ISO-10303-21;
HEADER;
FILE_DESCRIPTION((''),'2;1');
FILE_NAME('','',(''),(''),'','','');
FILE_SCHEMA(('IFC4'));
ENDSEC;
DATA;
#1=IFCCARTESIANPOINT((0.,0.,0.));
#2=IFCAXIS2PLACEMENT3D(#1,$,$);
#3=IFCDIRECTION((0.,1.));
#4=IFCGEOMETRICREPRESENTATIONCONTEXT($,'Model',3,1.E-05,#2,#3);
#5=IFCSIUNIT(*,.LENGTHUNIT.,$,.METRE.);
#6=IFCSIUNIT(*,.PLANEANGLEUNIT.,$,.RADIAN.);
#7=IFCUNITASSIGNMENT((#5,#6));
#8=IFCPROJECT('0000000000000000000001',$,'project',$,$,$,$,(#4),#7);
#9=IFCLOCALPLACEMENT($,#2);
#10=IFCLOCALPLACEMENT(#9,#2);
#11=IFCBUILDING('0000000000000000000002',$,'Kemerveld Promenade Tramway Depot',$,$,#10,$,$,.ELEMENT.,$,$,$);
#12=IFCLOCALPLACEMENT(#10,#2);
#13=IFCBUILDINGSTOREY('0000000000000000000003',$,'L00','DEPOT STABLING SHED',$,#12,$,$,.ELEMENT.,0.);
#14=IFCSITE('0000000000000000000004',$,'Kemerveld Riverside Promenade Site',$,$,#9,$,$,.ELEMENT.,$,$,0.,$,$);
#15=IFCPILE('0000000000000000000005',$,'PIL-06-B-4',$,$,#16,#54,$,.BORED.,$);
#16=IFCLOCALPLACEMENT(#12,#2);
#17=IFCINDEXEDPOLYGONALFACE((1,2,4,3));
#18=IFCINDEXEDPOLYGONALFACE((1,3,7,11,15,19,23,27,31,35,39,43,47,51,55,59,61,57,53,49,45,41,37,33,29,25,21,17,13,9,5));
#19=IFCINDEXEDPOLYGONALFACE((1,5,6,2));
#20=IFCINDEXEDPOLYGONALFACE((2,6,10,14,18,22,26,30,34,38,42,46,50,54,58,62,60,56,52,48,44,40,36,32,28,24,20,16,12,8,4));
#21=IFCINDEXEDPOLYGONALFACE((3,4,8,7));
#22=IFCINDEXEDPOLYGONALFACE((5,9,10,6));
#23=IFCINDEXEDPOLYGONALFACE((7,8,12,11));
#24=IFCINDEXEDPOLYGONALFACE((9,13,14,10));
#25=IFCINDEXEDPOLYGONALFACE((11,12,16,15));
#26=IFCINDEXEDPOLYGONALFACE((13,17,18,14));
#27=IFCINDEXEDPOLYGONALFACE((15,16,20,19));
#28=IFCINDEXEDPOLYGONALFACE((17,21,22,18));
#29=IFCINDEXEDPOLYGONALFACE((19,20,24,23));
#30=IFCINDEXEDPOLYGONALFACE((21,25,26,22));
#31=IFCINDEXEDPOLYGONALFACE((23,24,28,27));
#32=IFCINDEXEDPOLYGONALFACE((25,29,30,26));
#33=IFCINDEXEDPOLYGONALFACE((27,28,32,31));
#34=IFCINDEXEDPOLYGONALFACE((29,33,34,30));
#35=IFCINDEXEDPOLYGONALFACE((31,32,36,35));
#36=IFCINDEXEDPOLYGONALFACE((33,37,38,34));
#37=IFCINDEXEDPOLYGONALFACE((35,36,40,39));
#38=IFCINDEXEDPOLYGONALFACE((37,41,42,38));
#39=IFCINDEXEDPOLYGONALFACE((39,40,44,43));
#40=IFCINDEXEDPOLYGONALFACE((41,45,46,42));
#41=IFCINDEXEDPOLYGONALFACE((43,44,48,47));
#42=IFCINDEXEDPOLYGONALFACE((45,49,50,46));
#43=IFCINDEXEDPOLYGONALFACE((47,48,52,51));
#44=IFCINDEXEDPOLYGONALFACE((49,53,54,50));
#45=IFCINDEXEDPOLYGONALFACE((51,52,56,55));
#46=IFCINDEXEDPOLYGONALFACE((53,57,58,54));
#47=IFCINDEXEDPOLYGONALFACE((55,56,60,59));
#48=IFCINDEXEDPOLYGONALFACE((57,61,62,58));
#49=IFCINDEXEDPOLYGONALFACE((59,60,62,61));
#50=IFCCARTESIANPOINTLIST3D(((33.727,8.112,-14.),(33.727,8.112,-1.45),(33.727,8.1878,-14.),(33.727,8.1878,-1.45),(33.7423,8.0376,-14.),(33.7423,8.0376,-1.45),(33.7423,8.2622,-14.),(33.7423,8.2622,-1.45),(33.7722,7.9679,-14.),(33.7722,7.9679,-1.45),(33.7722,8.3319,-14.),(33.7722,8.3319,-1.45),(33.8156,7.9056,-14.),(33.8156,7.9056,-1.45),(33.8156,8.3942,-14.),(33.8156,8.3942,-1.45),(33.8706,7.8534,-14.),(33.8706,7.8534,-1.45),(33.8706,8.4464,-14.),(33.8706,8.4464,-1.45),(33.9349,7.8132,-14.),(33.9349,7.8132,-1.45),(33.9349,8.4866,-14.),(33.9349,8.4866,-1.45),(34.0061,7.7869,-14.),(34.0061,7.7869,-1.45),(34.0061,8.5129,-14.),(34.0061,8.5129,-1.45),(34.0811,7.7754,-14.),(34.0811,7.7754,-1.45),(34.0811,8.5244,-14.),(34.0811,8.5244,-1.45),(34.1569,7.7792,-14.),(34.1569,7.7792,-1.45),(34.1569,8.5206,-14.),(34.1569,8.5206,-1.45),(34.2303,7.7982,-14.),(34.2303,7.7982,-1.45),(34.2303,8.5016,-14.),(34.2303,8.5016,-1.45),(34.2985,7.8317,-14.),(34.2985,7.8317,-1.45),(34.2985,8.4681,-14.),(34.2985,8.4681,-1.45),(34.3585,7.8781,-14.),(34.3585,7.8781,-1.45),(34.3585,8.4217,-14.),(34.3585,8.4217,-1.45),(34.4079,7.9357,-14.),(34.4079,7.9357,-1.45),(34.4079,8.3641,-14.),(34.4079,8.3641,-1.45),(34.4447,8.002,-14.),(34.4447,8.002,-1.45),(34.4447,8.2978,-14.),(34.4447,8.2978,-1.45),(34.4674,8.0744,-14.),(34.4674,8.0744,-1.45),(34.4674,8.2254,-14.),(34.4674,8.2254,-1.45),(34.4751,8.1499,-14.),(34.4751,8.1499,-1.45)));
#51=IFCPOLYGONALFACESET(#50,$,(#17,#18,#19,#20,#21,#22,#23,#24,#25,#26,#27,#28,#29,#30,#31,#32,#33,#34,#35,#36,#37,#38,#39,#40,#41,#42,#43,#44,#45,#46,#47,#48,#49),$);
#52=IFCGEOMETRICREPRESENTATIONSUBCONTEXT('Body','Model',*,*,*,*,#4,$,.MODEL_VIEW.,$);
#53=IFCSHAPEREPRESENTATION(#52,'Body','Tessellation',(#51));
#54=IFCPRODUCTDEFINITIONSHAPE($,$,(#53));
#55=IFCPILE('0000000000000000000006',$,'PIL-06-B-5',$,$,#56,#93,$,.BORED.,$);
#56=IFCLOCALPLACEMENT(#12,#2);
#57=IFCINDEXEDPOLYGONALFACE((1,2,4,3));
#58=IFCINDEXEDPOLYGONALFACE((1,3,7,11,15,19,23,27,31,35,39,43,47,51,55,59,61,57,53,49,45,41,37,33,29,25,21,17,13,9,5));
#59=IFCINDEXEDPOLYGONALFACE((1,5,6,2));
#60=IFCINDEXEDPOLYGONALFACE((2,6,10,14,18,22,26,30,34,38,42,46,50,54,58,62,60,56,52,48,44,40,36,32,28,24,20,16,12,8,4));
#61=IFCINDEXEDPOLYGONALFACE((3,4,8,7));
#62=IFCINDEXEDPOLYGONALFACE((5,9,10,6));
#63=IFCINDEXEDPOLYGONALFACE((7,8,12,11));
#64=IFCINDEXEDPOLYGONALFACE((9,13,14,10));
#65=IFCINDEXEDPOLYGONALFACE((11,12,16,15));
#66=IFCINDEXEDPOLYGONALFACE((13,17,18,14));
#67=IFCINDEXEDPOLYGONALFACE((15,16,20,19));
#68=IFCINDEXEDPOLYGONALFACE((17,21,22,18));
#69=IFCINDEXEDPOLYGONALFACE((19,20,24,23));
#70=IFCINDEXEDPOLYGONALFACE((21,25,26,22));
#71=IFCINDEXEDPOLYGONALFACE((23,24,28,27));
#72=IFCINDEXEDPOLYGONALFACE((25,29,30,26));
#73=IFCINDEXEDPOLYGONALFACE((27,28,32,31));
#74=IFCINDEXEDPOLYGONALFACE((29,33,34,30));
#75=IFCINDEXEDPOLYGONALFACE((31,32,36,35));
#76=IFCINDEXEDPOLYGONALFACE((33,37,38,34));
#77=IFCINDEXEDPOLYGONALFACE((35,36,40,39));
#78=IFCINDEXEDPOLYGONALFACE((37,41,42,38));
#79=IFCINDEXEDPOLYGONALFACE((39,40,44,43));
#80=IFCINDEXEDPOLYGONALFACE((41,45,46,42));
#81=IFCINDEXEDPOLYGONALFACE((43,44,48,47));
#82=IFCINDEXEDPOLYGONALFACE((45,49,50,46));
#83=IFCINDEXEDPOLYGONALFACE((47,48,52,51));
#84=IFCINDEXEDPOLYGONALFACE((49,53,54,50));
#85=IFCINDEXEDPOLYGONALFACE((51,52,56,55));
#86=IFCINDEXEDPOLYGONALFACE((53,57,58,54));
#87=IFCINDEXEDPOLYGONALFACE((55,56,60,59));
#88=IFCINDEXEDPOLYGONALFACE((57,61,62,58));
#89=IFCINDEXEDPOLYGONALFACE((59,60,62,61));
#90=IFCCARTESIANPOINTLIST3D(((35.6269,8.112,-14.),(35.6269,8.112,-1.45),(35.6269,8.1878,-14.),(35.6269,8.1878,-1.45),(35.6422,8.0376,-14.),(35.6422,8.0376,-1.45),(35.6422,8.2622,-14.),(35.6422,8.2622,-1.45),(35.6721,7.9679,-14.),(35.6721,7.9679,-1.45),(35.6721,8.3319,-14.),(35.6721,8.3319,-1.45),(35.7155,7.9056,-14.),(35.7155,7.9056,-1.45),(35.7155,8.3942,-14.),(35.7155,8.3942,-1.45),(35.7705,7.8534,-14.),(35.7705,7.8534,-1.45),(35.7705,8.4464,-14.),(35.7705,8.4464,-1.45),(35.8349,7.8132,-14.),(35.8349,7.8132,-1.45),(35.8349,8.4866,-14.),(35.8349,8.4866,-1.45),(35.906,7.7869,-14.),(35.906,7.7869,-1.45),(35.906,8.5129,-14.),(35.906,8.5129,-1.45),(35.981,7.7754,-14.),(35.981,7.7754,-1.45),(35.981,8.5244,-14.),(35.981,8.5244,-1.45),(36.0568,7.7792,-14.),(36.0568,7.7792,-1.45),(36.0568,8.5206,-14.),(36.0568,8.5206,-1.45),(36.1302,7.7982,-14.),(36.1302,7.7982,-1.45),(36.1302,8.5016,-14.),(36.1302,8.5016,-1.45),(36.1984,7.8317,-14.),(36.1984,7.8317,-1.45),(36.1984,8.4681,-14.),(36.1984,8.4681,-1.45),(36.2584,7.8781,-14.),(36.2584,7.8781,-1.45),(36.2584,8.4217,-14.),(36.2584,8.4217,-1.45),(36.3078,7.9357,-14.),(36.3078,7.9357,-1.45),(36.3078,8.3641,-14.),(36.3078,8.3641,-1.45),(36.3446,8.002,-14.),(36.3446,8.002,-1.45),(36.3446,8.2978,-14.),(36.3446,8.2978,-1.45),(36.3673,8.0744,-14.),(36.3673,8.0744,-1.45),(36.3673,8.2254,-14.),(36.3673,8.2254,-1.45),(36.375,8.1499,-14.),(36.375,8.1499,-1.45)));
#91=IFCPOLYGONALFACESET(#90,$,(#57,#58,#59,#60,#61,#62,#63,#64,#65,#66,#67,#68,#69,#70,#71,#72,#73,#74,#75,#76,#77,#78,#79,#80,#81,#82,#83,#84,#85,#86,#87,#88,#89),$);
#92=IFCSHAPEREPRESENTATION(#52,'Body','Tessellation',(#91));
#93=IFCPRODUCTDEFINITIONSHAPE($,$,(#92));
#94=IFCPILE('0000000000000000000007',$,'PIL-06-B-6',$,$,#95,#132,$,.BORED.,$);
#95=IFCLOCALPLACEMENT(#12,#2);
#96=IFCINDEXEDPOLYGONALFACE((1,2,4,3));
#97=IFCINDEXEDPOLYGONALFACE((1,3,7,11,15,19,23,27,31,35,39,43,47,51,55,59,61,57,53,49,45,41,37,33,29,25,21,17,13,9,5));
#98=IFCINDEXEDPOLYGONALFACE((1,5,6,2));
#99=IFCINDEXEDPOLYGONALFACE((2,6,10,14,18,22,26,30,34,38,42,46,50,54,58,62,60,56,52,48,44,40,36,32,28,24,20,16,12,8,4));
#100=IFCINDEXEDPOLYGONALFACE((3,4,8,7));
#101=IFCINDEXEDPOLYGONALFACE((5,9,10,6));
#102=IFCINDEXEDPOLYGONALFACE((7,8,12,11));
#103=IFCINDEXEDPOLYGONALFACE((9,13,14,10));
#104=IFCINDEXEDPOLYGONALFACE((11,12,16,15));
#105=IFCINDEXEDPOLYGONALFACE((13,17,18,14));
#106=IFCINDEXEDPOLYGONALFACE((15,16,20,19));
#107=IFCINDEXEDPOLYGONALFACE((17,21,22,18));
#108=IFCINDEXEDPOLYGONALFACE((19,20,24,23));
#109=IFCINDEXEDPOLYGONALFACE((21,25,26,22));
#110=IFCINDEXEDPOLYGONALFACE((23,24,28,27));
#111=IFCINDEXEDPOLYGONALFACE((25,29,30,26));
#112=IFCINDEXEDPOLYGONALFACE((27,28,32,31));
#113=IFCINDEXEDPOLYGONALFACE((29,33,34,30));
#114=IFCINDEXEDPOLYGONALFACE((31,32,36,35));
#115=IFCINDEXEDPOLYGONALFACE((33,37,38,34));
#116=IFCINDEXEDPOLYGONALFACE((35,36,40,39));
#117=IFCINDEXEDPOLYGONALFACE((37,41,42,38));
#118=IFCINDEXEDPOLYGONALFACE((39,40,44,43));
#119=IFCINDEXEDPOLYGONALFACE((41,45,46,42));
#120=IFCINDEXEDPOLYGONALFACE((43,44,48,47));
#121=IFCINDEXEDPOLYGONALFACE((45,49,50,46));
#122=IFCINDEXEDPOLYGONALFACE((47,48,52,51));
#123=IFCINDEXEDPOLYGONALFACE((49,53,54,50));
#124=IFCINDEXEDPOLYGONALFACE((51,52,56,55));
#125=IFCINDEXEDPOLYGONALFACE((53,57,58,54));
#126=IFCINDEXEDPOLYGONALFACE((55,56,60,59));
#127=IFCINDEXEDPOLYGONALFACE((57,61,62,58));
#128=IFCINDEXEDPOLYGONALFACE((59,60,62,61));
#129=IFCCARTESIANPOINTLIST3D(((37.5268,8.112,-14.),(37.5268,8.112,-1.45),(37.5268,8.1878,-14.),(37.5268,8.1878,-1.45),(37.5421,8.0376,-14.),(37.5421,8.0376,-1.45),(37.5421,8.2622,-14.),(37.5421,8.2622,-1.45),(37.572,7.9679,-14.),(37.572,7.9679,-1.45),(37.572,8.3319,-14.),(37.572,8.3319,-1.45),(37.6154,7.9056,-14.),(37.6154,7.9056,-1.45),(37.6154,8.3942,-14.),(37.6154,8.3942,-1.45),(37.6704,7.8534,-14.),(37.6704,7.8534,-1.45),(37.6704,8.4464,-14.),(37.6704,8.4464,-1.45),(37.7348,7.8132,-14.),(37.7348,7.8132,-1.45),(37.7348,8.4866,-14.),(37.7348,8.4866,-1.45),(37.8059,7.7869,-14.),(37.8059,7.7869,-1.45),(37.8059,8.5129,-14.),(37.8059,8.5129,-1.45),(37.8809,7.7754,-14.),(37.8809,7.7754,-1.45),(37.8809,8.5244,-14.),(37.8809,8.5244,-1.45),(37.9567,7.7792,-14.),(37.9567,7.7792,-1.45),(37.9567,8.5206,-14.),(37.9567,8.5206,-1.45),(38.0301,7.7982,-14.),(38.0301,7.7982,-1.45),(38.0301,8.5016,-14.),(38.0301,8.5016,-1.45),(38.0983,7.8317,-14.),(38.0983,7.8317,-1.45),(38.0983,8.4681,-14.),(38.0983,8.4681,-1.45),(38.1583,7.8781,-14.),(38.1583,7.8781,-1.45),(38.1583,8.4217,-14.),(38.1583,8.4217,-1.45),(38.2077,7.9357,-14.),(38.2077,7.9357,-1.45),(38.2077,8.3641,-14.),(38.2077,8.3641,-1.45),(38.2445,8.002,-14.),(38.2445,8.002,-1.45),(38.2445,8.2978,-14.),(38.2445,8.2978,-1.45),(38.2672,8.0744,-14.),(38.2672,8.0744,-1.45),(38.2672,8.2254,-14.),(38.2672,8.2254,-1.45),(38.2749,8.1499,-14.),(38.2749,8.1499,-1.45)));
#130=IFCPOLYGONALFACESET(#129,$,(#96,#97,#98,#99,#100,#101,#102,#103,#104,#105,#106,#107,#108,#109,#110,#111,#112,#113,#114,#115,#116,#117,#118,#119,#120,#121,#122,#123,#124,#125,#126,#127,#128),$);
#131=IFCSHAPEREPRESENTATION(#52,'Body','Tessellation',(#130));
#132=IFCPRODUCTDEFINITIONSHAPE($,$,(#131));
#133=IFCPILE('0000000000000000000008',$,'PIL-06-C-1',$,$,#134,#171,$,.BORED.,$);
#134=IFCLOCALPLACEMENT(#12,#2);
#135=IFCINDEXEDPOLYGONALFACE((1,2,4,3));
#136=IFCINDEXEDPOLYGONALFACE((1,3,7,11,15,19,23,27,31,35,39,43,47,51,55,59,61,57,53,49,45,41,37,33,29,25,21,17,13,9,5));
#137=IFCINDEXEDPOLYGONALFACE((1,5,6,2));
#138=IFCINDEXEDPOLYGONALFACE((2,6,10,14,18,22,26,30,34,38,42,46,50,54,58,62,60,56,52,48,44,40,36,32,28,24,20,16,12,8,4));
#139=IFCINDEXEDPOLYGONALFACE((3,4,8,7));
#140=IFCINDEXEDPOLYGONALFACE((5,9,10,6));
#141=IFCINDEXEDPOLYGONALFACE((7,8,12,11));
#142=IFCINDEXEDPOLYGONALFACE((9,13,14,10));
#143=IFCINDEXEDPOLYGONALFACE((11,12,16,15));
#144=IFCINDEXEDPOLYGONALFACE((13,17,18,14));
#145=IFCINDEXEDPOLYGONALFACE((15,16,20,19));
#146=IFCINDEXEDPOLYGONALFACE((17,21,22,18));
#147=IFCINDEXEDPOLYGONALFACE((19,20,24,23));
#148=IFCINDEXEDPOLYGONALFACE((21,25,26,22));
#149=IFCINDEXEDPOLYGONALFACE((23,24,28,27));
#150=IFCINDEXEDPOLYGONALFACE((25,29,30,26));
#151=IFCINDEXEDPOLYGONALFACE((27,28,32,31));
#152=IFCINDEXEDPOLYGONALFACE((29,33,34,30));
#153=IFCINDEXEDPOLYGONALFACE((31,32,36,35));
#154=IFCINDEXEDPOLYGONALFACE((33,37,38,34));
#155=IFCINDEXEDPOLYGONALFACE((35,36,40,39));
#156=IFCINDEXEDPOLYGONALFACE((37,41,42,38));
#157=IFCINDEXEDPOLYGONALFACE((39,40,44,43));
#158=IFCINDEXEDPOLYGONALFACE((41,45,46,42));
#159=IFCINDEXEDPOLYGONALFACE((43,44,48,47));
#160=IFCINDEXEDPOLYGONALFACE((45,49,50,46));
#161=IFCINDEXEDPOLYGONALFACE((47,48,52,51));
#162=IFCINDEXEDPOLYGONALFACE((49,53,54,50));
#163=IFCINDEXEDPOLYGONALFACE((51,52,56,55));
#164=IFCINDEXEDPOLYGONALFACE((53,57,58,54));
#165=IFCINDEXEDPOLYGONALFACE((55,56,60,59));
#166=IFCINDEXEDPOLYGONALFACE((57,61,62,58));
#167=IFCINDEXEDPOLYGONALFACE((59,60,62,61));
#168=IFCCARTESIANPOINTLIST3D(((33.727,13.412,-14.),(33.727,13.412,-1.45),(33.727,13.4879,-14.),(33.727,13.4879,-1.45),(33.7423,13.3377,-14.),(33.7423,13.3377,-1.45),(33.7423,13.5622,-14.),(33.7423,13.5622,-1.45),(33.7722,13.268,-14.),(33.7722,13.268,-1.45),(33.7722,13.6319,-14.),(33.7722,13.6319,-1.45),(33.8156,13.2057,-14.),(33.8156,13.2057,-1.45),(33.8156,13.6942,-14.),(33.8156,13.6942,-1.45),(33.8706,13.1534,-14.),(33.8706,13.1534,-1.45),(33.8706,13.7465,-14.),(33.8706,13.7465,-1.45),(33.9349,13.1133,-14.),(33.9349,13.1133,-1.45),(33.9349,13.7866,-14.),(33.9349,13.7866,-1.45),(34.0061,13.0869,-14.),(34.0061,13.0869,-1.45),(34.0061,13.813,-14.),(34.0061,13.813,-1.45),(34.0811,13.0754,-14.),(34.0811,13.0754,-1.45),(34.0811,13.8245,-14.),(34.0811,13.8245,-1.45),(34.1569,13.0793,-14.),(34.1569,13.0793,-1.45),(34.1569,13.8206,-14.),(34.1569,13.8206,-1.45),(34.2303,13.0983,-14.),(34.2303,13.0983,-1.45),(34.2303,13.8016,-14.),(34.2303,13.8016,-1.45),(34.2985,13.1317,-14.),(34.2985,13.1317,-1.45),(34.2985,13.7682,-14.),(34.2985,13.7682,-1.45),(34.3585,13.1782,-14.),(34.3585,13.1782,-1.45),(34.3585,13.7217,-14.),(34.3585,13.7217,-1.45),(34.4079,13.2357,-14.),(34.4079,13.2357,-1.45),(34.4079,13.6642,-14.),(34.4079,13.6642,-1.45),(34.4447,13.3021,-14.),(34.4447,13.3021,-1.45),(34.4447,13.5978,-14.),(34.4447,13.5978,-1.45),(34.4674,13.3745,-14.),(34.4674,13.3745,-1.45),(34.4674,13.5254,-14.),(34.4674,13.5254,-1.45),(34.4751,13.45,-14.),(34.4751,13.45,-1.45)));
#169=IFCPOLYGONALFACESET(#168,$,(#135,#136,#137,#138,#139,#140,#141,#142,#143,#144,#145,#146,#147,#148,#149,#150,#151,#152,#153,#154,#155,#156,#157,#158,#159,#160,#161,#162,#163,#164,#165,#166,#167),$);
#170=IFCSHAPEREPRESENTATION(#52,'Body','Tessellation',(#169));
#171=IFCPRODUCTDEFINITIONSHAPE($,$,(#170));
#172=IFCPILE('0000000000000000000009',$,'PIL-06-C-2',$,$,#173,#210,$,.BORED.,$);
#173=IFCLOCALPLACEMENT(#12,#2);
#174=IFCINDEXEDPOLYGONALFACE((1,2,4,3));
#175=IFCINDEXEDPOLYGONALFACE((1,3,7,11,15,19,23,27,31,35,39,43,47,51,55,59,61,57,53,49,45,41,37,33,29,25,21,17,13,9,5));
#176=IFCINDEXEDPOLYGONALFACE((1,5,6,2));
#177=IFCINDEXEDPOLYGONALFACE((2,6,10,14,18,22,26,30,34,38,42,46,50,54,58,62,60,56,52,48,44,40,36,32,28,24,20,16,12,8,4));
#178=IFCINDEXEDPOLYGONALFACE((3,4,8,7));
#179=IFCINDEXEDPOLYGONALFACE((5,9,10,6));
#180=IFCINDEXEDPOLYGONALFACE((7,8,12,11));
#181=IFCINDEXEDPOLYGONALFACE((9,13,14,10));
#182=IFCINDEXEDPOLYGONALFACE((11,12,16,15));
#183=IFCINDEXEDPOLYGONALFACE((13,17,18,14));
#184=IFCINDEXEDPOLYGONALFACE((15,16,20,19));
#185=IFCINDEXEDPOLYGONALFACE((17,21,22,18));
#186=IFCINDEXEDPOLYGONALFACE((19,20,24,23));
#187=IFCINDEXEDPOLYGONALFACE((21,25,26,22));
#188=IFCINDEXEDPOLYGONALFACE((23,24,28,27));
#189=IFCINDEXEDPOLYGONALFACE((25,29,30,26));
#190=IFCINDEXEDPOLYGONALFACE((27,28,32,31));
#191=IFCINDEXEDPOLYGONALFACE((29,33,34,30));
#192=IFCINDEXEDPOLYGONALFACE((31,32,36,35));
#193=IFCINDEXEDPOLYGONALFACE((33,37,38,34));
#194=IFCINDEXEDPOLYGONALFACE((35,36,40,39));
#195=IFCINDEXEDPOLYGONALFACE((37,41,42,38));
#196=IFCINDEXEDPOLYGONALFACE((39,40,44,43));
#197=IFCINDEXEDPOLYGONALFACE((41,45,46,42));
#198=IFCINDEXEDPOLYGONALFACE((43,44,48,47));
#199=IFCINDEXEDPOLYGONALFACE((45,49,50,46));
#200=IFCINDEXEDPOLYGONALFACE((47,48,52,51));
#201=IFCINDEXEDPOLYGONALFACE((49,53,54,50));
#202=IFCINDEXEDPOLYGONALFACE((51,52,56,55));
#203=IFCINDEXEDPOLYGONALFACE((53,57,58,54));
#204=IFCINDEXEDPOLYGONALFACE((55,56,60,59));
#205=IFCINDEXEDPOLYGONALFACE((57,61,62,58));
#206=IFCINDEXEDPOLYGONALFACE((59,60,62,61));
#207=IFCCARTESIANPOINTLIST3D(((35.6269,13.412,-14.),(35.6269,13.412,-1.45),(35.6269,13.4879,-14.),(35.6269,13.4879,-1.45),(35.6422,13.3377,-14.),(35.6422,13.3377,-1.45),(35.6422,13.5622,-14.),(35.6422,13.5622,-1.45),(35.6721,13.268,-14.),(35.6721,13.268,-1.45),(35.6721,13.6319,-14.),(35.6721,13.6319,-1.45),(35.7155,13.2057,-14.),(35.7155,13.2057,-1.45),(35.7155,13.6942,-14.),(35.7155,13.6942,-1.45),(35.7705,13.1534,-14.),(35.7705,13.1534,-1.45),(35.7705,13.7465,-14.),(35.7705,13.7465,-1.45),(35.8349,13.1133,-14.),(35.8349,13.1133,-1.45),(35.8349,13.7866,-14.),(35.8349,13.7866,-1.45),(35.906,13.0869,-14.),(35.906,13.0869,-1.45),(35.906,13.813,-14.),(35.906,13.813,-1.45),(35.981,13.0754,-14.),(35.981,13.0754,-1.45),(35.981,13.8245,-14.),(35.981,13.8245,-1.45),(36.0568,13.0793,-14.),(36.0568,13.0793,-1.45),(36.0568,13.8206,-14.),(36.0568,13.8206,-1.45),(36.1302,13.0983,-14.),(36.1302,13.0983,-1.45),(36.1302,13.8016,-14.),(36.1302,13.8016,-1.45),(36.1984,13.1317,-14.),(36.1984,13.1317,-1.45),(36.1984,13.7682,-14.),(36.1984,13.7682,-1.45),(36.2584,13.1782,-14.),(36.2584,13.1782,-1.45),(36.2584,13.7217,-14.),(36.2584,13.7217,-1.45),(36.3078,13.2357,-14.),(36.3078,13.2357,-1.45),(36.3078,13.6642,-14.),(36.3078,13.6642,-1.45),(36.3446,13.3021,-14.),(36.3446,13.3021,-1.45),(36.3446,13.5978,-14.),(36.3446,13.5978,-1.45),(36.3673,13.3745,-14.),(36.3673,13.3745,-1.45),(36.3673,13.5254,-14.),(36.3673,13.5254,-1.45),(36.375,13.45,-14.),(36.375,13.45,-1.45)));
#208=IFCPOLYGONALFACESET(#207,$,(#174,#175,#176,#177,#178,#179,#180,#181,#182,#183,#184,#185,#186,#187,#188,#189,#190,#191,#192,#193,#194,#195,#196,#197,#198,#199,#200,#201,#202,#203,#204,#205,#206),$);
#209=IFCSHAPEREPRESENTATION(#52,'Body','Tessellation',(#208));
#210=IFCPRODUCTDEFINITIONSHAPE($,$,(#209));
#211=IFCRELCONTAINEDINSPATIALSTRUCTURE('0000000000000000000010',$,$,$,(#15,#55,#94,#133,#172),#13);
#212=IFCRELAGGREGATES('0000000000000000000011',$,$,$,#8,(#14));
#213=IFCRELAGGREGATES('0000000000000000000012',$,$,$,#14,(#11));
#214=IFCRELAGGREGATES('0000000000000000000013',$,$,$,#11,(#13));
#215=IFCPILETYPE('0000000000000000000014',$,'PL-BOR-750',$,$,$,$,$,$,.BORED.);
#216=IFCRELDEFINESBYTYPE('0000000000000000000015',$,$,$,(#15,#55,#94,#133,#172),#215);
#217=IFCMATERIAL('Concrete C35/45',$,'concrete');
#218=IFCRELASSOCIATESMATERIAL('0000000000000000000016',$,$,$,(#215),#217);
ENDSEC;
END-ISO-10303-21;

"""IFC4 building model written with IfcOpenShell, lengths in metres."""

from ifc_helpers import new_model, si_unit, direction, frame, origin, origin_2d, place, context, subcontext, project, spatial, circle, extrude, material, material_profile, profile_set, type_object, element, save


model = new_model("IFC4")

# Units and contexts
model_context = context("Model", 3, precision=1e-05, world=origin(), true_north=direction((0.0, 1.0)))
body_context = subcontext(model_context, "Body", "Model", "MODEL_VIEW")
ifc_project = project(units=[si_unit("LENGTHUNIT", "METRE"), si_unit("PLANEANGLEUNIT", "RADIAN")], contexts=[model_context])

# Site, building, storey
site_placement = place(None, origin())
site = spatial("IfcSite", under=ifc_project, at=site_placement, Name="Kemerveld Riverside Promenade Site", CompositionType="ELEMENT", RefElevation=0.0)
building_placement = place(site_placement, origin())
building = spatial("IfcBuilding", under=site, at=building_placement, Name="Kemerveld Promenade Tramway Depot", CompositionType="ELEMENT")
storey_placement = place(building_placement, origin())
storey = spatial("IfcBuildingStorey", under=building, at=storey_placement, Name="L00", Description="DEPOT STABLING SHED", CompositionType="ELEMENT", Elevation=0.0)

# Shared definitions
ifc_material_1 = material(Name="Concrete C35/45", Category="concrete")

# Piles
ifc_material_profile_1 = material_profile(ifc_material_1, circle(Radius=0.375, at=origin_2d()), Name="PILE-D750")
ifc_profile_set_1 = profile_set([ifc_material_profile_1], Name="Concrete C35/45")
pile_type = type_object("IfcPileType", Name="PL-BOR-750", PredefinedType="BORED", material=ifc_profile_set_1)
for number, where, z_axis, x_axis, name in (
    (1, (34.1001, 8.1499, -1.45), (0.0, 0.0, -1.0), (1.0, 0.0, 0.0), "PIL-06-B-4"),
    (2, (36.0, 8.1499, -1.45), (0.0, 0.0, -1.0), (1.0, 0.0, 0.0), "PIL-06-B-5"),
    (3, (37.8999, 8.1499, -1.45), (0.0, 0.0, -1.0), (1.0, 0.0, 0.0), "PIL-06-B-6"),
    (4, (34.1001, 13.45, -1.45), (0.0, 0.0, -1.0), (1.0, 0.0, 0.0), "PIL-06-C-1"),
    (5, (36.0, 13.45, -1.45), (0.0, 0.0, -1.0), (1.0, 0.0, 0.0), "PIL-06-C-2"),
):
    element("IfcPile", number, at=place(storey_placement, frame(where, z_axis=z_axis, x_axis=x_axis)), inside=storey, type_object=pile_type, Name=name, PredefinedType="BORED", context=body_context, shape_type="SweptSolid", body=[
        extrude(circle(Radius=0.375, at=origin_2d()), origin(), (0.0, 0.0, 1.0), 12.55),
    ])

save(model, "model.ifc")
